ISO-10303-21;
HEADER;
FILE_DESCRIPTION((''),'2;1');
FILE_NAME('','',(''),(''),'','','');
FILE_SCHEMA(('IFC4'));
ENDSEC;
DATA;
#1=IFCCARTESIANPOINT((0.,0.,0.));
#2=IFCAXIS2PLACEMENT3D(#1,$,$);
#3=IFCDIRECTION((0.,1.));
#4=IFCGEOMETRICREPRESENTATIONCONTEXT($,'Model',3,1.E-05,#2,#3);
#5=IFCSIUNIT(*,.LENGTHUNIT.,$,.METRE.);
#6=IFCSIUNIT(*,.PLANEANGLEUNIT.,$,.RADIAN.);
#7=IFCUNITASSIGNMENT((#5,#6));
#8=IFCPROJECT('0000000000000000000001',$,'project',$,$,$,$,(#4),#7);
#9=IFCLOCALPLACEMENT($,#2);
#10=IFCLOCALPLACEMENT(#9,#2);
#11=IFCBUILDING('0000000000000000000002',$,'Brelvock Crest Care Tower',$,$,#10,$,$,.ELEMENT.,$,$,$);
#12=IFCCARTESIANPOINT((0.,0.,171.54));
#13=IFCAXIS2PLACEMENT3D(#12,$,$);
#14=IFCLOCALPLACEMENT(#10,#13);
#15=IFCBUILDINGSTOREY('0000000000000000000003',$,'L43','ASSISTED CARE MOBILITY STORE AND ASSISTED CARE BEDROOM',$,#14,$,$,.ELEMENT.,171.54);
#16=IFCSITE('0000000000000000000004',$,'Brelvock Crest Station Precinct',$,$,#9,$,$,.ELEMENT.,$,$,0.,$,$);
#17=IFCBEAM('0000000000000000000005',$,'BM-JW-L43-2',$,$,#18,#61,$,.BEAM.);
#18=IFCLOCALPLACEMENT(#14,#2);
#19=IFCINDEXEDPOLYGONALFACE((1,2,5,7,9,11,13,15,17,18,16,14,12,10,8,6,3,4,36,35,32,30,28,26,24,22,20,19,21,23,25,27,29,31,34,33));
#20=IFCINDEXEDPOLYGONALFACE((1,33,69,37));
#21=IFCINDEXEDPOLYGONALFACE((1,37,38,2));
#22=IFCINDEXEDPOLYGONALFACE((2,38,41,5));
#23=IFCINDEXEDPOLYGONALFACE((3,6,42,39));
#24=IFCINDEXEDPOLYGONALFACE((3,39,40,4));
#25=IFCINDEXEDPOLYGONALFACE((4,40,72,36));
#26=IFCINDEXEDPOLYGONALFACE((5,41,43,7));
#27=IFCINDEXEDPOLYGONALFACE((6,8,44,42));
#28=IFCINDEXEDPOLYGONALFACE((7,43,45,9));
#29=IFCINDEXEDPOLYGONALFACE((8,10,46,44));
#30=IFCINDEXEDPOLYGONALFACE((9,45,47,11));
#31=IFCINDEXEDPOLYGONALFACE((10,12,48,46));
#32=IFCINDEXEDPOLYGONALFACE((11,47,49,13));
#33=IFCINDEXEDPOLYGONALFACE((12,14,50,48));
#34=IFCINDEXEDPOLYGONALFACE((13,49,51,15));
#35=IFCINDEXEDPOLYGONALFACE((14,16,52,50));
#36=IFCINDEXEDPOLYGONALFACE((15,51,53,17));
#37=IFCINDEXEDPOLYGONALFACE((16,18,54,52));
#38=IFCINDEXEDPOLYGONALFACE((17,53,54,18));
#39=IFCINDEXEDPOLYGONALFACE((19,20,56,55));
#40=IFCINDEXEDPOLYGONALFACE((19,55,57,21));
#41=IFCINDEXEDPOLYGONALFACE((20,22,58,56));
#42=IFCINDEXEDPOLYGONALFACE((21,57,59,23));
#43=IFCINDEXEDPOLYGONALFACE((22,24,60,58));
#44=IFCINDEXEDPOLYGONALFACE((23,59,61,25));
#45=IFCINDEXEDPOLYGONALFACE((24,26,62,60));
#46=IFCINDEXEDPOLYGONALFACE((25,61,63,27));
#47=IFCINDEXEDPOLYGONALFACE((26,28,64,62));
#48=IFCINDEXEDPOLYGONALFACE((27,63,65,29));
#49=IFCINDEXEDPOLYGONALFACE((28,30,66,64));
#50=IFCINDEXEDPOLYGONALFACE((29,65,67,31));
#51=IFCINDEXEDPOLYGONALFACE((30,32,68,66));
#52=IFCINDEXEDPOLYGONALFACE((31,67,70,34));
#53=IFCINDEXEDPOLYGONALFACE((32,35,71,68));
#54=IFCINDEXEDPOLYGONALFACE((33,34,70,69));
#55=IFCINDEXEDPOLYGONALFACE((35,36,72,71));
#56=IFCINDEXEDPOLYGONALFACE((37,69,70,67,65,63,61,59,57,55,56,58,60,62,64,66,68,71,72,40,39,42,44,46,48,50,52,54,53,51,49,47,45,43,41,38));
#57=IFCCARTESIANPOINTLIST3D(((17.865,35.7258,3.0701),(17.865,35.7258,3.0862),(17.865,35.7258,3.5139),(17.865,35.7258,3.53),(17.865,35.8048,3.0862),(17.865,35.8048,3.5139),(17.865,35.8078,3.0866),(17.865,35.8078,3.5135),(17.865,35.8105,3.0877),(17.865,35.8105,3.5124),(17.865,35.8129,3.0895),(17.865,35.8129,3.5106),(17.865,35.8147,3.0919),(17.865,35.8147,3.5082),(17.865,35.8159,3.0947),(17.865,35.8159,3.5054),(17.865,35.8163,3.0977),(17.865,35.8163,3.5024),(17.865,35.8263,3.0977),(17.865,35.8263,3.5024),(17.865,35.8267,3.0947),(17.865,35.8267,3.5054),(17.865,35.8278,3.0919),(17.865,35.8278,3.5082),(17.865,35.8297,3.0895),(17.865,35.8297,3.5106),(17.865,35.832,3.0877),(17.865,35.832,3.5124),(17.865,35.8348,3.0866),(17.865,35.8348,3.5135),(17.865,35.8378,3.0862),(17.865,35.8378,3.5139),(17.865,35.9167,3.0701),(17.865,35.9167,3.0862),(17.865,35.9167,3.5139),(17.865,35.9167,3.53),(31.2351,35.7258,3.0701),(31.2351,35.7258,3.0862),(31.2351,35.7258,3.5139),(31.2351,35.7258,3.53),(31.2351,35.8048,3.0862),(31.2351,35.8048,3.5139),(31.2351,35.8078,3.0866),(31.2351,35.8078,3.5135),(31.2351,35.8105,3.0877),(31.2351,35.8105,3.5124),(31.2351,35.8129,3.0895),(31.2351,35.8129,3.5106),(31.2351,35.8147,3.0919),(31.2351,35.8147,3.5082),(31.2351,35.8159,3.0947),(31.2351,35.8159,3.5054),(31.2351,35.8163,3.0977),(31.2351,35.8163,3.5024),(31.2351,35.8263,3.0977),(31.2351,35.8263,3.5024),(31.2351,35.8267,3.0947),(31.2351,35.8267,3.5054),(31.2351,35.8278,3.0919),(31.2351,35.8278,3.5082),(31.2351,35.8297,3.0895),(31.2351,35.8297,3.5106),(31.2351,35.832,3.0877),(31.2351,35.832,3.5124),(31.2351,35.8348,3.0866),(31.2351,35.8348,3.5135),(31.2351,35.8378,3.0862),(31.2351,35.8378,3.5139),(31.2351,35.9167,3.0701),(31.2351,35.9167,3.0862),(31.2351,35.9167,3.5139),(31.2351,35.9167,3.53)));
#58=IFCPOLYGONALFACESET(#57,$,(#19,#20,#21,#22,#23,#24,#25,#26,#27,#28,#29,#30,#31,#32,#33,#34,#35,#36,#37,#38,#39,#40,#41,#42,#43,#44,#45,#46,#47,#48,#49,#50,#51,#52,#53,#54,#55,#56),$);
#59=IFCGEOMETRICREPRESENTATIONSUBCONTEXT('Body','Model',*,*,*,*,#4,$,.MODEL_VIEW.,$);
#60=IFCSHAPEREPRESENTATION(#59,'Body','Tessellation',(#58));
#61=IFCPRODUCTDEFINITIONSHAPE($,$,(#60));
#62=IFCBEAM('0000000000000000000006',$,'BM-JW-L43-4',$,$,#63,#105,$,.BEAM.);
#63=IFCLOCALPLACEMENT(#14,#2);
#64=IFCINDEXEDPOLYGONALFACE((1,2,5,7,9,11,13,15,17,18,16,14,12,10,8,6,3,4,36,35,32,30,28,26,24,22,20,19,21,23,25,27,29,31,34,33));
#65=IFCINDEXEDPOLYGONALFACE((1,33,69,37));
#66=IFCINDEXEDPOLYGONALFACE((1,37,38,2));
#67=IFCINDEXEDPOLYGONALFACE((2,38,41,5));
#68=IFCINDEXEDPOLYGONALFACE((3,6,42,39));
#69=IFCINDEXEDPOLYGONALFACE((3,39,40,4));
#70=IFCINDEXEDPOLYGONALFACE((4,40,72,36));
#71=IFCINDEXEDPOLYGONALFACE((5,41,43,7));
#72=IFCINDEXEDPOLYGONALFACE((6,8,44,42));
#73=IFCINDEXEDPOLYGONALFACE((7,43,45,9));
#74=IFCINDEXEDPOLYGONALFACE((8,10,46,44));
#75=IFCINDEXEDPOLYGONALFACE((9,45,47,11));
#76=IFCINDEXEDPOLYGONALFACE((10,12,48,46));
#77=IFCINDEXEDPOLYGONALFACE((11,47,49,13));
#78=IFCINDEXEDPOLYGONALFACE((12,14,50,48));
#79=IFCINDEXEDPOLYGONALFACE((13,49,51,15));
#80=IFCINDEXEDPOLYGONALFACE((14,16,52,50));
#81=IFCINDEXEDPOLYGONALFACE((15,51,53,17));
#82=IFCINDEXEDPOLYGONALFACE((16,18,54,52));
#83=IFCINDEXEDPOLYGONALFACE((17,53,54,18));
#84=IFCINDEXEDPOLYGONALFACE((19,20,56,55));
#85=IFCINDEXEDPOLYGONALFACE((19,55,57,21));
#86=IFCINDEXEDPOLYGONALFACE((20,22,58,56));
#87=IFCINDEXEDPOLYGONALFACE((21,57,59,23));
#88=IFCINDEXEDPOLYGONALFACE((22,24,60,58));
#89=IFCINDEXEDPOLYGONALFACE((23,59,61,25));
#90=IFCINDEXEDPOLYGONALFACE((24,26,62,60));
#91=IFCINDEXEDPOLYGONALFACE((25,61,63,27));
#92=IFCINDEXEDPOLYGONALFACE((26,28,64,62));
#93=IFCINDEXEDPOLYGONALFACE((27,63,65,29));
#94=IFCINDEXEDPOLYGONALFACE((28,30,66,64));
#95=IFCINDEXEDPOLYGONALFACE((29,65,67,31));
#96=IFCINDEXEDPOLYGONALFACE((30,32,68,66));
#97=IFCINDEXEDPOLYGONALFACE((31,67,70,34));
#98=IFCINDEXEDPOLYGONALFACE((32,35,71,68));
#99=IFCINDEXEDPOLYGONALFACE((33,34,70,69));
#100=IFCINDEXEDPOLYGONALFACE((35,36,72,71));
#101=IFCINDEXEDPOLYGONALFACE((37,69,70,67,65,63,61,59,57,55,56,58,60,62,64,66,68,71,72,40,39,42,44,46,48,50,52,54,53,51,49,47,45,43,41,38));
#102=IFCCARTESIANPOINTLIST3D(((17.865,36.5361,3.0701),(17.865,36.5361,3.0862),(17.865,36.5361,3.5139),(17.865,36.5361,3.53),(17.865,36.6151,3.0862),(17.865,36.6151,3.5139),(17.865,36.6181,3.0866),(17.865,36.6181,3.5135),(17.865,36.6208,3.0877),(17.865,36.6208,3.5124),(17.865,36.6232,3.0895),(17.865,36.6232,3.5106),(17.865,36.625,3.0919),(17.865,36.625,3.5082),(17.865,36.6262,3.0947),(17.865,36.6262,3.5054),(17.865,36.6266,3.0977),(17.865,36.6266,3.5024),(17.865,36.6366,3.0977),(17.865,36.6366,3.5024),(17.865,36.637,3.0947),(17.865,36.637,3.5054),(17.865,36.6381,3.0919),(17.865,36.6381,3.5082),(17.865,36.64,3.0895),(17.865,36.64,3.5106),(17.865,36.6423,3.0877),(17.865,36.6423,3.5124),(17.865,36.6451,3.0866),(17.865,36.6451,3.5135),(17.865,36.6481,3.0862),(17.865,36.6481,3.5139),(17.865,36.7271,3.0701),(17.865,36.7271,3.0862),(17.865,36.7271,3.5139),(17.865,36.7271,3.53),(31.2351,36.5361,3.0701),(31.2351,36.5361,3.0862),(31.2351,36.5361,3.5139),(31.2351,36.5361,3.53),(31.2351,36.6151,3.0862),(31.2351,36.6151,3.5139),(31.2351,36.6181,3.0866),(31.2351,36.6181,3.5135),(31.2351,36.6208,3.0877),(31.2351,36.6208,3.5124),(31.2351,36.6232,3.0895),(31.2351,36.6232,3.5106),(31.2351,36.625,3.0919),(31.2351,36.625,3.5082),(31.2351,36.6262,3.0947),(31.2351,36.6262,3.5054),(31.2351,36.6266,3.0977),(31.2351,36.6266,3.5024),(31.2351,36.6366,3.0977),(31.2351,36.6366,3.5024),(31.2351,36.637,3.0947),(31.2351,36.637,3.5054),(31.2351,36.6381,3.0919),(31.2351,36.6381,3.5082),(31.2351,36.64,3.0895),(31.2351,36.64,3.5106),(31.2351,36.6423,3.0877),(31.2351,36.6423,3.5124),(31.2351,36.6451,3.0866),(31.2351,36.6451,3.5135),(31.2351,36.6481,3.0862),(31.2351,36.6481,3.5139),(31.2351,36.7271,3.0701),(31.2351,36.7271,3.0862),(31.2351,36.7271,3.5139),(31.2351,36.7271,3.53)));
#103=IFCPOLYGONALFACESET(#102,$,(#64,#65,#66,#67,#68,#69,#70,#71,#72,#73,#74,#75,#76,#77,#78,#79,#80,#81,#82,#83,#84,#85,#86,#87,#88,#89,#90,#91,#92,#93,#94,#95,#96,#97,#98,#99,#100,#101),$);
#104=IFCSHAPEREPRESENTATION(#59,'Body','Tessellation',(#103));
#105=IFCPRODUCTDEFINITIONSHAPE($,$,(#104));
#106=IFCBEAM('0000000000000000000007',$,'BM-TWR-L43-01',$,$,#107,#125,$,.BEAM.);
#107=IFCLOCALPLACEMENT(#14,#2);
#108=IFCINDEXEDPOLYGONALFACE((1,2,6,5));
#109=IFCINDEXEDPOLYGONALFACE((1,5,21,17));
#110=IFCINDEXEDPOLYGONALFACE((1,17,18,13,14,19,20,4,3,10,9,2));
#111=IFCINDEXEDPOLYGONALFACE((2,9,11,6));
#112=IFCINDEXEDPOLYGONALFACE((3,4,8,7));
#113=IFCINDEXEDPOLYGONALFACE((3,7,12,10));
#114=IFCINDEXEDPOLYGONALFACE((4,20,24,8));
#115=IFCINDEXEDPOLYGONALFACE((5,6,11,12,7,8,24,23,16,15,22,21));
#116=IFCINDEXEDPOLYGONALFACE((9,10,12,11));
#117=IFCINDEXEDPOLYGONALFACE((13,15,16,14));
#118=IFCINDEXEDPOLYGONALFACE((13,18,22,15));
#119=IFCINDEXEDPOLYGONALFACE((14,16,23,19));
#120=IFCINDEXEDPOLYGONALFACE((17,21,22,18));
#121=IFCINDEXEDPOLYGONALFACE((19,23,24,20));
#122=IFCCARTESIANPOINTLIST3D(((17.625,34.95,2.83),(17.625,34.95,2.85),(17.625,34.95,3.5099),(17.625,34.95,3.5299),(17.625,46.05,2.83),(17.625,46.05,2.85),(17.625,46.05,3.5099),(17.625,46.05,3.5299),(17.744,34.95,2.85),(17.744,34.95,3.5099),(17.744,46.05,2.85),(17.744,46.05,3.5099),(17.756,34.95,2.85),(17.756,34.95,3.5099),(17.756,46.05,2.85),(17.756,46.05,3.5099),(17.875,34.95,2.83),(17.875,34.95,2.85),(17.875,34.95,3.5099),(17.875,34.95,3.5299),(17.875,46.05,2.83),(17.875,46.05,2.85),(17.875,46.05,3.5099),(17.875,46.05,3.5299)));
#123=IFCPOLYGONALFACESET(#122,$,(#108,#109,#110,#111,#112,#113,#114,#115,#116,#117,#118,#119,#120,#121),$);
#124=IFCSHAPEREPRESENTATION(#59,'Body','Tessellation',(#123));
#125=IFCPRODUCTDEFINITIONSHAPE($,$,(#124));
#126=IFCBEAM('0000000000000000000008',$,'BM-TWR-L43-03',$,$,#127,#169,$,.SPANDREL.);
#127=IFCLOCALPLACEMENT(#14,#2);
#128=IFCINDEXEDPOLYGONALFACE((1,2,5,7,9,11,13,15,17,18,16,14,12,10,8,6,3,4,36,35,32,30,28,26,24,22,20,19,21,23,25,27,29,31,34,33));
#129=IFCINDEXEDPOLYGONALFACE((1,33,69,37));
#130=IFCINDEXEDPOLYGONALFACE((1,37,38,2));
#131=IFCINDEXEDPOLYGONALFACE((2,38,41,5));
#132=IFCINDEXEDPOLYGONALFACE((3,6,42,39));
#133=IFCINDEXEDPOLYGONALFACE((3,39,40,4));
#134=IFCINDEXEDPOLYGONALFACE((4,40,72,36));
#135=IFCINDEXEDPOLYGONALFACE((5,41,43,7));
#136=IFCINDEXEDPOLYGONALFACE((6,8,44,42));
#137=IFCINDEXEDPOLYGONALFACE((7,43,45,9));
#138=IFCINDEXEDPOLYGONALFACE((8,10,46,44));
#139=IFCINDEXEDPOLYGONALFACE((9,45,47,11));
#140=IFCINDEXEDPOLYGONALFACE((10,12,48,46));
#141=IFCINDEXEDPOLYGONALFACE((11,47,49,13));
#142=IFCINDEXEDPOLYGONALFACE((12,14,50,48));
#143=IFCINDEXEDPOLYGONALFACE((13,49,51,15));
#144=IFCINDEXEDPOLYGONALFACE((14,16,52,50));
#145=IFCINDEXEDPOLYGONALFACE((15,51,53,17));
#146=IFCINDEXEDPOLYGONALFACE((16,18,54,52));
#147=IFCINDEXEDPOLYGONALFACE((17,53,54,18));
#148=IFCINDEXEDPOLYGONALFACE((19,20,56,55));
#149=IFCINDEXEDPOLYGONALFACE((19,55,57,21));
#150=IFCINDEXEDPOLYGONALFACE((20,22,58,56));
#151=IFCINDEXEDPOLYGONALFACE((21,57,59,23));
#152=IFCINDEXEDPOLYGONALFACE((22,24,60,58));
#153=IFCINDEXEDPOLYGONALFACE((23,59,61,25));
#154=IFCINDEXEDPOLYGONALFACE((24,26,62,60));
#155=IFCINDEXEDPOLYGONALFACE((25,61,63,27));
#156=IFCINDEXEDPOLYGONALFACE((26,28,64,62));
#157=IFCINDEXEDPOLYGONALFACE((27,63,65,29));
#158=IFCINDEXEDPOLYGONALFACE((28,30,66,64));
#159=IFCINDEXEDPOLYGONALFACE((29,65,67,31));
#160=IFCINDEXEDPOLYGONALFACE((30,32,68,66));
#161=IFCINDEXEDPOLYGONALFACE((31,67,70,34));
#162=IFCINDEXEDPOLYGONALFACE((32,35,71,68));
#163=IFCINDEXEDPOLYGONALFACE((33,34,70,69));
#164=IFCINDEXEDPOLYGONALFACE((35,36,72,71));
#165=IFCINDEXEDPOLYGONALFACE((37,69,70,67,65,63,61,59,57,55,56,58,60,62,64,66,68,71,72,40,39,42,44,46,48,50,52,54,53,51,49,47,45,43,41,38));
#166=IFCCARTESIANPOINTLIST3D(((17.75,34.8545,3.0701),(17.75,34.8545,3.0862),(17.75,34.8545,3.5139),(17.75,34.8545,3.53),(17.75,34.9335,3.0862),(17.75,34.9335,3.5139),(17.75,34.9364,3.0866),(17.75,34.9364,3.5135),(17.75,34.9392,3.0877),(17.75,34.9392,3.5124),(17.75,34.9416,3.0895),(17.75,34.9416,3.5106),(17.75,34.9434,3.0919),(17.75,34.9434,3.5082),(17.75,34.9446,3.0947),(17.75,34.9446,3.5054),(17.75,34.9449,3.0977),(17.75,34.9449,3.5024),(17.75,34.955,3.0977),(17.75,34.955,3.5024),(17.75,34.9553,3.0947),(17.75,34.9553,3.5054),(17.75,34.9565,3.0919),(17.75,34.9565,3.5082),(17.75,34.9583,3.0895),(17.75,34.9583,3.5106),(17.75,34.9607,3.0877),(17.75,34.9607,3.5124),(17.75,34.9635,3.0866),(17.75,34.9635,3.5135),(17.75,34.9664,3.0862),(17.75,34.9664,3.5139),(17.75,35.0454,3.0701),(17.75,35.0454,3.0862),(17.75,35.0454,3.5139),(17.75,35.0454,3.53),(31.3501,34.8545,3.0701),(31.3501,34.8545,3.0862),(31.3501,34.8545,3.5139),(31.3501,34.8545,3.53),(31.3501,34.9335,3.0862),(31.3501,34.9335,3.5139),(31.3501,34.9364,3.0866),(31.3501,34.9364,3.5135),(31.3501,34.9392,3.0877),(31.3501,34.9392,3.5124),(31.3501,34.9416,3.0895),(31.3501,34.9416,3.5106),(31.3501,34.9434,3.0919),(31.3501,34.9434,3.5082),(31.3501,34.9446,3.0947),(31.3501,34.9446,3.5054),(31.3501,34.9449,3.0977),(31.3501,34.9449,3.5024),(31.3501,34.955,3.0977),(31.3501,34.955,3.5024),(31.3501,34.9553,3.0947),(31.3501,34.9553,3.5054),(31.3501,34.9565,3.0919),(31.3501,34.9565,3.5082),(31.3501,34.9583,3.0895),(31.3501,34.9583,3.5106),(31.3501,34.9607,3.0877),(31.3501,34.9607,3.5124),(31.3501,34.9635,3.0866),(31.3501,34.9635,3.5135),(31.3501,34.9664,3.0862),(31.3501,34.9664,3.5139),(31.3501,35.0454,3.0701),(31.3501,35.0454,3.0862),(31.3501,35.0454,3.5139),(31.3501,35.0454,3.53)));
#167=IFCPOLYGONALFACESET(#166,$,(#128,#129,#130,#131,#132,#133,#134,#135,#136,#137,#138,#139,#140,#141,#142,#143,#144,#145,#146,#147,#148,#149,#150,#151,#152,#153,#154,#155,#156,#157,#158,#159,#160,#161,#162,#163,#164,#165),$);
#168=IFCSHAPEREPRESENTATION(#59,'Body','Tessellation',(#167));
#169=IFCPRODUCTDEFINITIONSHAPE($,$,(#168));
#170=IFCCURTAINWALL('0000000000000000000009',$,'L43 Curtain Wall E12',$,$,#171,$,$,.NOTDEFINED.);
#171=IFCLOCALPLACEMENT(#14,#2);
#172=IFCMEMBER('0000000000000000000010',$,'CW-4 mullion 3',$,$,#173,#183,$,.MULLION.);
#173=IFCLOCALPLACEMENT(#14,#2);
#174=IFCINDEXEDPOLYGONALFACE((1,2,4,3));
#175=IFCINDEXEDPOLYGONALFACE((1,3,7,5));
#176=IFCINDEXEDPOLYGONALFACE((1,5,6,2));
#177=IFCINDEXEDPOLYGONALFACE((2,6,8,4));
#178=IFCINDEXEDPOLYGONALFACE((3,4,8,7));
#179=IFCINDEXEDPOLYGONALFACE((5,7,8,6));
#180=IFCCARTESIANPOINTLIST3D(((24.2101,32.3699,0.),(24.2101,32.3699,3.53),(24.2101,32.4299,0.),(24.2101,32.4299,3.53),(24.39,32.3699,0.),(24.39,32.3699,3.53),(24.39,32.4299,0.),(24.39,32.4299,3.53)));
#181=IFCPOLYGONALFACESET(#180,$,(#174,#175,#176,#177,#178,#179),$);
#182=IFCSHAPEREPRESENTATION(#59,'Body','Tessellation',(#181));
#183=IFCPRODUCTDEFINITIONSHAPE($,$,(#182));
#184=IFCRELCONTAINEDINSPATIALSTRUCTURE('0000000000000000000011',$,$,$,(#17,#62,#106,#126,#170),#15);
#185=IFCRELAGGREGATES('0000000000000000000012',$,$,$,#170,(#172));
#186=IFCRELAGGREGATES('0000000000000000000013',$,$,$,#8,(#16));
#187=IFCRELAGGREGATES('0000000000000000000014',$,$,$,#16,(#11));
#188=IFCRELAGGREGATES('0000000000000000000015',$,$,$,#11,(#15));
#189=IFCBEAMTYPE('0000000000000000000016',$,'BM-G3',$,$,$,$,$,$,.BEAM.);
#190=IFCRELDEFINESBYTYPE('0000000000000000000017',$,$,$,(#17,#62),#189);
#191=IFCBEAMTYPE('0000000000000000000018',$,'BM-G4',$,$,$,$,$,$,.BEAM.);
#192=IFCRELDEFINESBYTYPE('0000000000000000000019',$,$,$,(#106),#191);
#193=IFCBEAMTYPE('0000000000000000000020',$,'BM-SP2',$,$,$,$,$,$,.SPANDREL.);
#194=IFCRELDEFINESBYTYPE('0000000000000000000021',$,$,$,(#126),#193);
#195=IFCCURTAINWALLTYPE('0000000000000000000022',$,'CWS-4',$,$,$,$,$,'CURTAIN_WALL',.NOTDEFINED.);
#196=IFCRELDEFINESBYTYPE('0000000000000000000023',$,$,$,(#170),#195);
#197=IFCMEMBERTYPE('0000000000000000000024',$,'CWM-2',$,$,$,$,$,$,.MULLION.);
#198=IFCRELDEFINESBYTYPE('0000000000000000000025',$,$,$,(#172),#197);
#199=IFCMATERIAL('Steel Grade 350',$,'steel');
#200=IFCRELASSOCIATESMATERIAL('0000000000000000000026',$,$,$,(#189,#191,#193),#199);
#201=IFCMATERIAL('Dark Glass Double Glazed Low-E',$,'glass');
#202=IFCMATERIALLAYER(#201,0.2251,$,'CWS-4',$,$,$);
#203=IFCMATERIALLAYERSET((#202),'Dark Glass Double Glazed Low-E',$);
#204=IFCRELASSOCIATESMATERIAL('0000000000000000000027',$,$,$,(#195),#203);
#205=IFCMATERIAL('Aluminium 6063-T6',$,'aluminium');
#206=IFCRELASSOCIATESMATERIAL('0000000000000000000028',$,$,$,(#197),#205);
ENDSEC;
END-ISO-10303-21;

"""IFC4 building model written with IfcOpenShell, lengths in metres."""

from ifc_helpers import new_model, si_unit, direction, frame, origin, origin_2d, place, context, subcontext, project, spatial, rectangle, i_section, extrude, source, transform, mapped, material, layer, layer_set, material_profile, profile_set, type_object, element, aggregate, save


model = new_model("IFC4")

# Units and contexts
model_context = context("Model", 3, precision=1e-05, world=origin(), true_north=direction((0.0, 1.0)))
body_context = subcontext(model_context, "Body", "Model", "MODEL_VIEW")
ifc_project = project(units=[si_unit("LENGTHUNIT", "METRE"), si_unit("PLANEANGLEUNIT", "RADIAN")], contexts=[model_context])

# Site, building, storey
site_placement = place(None, origin())
site = spatial("IfcSite", under=ifc_project, at=site_placement, Name="Brelvock Crest Station Precinct", CompositionType="ELEMENT", RefElevation=0.0)
building_placement = place(site_placement, origin())
building = spatial("IfcBuilding", under=site, at=building_placement, Name="Brelvock Crest Care Tower", CompositionType="ELEMENT")
storey_placement = place(building_placement, frame((0.0, 0.0, 171.54)))
storey = spatial("IfcBuildingStorey", under=building, at=storey_placement, Name="L43", Description="ASSISTED CARE MOBILITY STORE AND ASSISTED CARE BEDROOM", CompositionType="ELEMENT", Elevation=171.54)

# Shared definitions
ifc_material_1 = material(Name="Steel Grade 350", Category="steel")

# Beams
ifc_material_profile_1 = material_profile(ifc_material_1, i_section(OverallWidth=0.1909, OverallDepth=0.46, WebThickness=0.01, FlangeThickness=0.0161, FilletRadius=0.0115, at=origin_2d()), Name="460UB82.1")
ifc_profile_set_1 = profile_set([ifc_material_profile_1], Name="Steel Grade 350")
beam_type_1 = type_object("IfcBeamType", Name="BM-G3", PredefinedType="BEAM", material=ifc_profile_set_1)
shared_shape_1 = source(origin(), body_context, "Body", "SweptSolid", [
    extrude(i_section(OverallWidth=0.1909, OverallDepth=0.46, WebThickness=0.01, FlangeThickness=0.0161, FilletRadius=0.0115, at=origin_2d()), origin(), (0.0, 0.0, 1.0), 13.3701),
])
for number, where, z_axis, x_axis, name in (
    (1, (17.865, 35.8213, 3.3), (1.0, 0.0, 0.0), (0.0, 1.0, 0.0), "BM-JW-L43-2"),
    (2, (17.865, 36.6316, 3.3), (1.0, 0.0, 0.0), (0.0, 1.0, 0.0), "BM-JW-L43-4"),
):
    element("IfcBeam", number, at=place(storey_placement, frame(where, z_axis=z_axis, x_axis=x_axis)), inside=storey, type_object=beam_type_1, Name=name, PredefinedType="BEAM", context=body_context, shape_type="MappedRepresentation", body=[
        mapped(shared_shape_1, transform((0.0, 0.0, 0.0), x_axis=(1.0, 0.0, 0.0), y_axis=(0.0, 1.0, 0.0), z_axis=(0.0, 0.0, 1.0), scale=1.0)),
    ])
ifc_material_profile_2 = material_profile(ifc_material_1, i_section(OverallWidth=0.25, OverallDepth=0.7, WebThickness=0.012, FlangeThickness=0.02, at=origin_2d()), Name="700WB150")
ifc_profile_set_2 = profile_set([ifc_material_profile_2], Name="Steel Grade 350")
beam_type_2 = type_object("IfcBeamType", Name="BM-G4", PredefinedType="BEAM", material=ifc_profile_set_2)
shared_shape_2 = source(origin(), body_context, "Body", "SweptSolid", [
    extrude(i_section(OverallWidth=0.25, OverallDepth=0.7, WebThickness=0.012, FlangeThickness=0.02, at=origin_2d()), origin(), (0.0, 0.0, 1.0), 11.1001),
])
beam_1_placement = place(storey_placement, frame((17.75, 34.95, 3.1799), z_axis=(0.0, 1.0, 0.0), x_axis=(-1.0, 0.0, 0.0)))
element("IfcBeam", 3, at=beam_1_placement, inside=storey, type_object=beam_type_2, Name="BM-TWR-L43-01", PredefinedType="BEAM", context=body_context, shape_type="MappedRepresentation", body=[
    mapped(shared_shape_2, transform((0.0, 0.0, 0.0), x_axis=(1.0, 0.0, 0.0), y_axis=(0.0, 1.0, 0.0), z_axis=(0.0, 0.0, 1.0), scale=1.0)),
])
ifc_material_profile_3 = material_profile(ifc_material_1, i_section(OverallWidth=0.1909, OverallDepth=0.46, WebThickness=0.01, FlangeThickness=0.0161, FilletRadius=0.0115, at=origin_2d()), Name="460UB82.1")
ifc_profile_set_3 = profile_set([ifc_material_profile_3], Name="Steel Grade 350")
beam_type_3 = type_object("IfcBeamType", Name="BM-SP2", PredefinedType="SPANDREL", material=ifc_profile_set_3)
shared_shape_3 = source(origin(), body_context, "Body", "SweptSolid", [
    extrude(i_section(OverallWidth=0.1909, OverallDepth=0.46, WebThickness=0.01, FlangeThickness=0.0161, FilletRadius=0.0115, at=origin_2d()), origin(), (0.0, 0.0, 1.0), 13.6001),
])
beam_2_placement = place(storey_placement, frame((17.75, 34.95, 3.3), z_axis=(1.0, 0.0, 0.0), x_axis=(0.0, 1.0, 0.0)))
element("IfcBeam", 4, at=beam_2_placement, inside=storey, type_object=beam_type_3, Name="BM-TWR-L43-03", PredefinedType="SPANDREL", context=body_context, shape_type="MappedRepresentation", body=[
    mapped(shared_shape_3, transform((0.0, 0.0, 0.0), x_axis=(1.0, 0.0, 0.0), y_axis=(0.0, 1.0, 0.0), z_axis=(0.0, 0.0, 1.0), scale=1.0)),
])

# Curtain wall, member
ifc_material_2 = material(Name="Dark Glass Double Glazed Low-E", Category="glass")
ifc_layer_1 = layer(ifc_material_2, 0.2251, Name="CWS-4")
ifc_layer_set_1 = layer_set([ifc_layer_1], Name="Dark Glass Double Glazed Low-E")
curtain_wall_type = type_object("IfcCurtainWallType", Name="CWS-4", ElementType="CURTAIN_WALL", PredefinedType="NOTDEFINED", material=ifc_layer_set_1)
curtain_wall_1_placement = place(storey_placement, origin())
curtain_wall_1 = element("IfcCurtainWall", 5, at=curtain_wall_1_placement, inside=storey, type_object=curtain_wall_type, Name="L43 Curtain Wall E12", PredefinedType="NOTDEFINED")
ifc_material_3 = material(Name="Aluminium 6063-T6", Category="aluminium")
ifc_material_profile_4 = material_profile(ifc_material_3, rectangle(XDim=0.0601, YDim=0.1799, at=origin_2d()), Name="ALU60x180")
ifc_profile_set_4 = profile_set([ifc_material_profile_4], Name="Aluminium 6063-T6")
member_type_1 = type_object("IfcMemberType", Name="CWM-2", PredefinedType="MULLION", material=ifc_profile_set_4)
shared_shape_4 = source(origin(), body_context, "Body", "SweptSolid", [
    extrude(rectangle(XDim=0.0601, YDim=0.1799, at=origin_2d()), origin(), (0.0, 0.0, 1.0), 3.53),
])
member_1_placement = place(storey_placement, frame((24.3, 32.3999, 0.0), z_axis=(0.0, 0.0, 1.0), x_axis=(0.0, -1.0, 0.0)))
member_1 = element("IfcMember", 6, at=member_1_placement, type_object=member_type_1, Name="CW-4 mullion 3", PredefinedType="MULLION", context=body_context, shape_type="MappedRepresentation", body=[
    mapped(shared_shape_4, transform((0.0, 0.0, 0.0), x_axis=(1.0, 0.0, 0.0), y_axis=(0.0, 1.0, 0.0), z_axis=(0.0, 0.0, 1.0), scale=1.0)),
])

aggregate(curtain_wall_1, [member_1])

save(model, "model.ifc")
